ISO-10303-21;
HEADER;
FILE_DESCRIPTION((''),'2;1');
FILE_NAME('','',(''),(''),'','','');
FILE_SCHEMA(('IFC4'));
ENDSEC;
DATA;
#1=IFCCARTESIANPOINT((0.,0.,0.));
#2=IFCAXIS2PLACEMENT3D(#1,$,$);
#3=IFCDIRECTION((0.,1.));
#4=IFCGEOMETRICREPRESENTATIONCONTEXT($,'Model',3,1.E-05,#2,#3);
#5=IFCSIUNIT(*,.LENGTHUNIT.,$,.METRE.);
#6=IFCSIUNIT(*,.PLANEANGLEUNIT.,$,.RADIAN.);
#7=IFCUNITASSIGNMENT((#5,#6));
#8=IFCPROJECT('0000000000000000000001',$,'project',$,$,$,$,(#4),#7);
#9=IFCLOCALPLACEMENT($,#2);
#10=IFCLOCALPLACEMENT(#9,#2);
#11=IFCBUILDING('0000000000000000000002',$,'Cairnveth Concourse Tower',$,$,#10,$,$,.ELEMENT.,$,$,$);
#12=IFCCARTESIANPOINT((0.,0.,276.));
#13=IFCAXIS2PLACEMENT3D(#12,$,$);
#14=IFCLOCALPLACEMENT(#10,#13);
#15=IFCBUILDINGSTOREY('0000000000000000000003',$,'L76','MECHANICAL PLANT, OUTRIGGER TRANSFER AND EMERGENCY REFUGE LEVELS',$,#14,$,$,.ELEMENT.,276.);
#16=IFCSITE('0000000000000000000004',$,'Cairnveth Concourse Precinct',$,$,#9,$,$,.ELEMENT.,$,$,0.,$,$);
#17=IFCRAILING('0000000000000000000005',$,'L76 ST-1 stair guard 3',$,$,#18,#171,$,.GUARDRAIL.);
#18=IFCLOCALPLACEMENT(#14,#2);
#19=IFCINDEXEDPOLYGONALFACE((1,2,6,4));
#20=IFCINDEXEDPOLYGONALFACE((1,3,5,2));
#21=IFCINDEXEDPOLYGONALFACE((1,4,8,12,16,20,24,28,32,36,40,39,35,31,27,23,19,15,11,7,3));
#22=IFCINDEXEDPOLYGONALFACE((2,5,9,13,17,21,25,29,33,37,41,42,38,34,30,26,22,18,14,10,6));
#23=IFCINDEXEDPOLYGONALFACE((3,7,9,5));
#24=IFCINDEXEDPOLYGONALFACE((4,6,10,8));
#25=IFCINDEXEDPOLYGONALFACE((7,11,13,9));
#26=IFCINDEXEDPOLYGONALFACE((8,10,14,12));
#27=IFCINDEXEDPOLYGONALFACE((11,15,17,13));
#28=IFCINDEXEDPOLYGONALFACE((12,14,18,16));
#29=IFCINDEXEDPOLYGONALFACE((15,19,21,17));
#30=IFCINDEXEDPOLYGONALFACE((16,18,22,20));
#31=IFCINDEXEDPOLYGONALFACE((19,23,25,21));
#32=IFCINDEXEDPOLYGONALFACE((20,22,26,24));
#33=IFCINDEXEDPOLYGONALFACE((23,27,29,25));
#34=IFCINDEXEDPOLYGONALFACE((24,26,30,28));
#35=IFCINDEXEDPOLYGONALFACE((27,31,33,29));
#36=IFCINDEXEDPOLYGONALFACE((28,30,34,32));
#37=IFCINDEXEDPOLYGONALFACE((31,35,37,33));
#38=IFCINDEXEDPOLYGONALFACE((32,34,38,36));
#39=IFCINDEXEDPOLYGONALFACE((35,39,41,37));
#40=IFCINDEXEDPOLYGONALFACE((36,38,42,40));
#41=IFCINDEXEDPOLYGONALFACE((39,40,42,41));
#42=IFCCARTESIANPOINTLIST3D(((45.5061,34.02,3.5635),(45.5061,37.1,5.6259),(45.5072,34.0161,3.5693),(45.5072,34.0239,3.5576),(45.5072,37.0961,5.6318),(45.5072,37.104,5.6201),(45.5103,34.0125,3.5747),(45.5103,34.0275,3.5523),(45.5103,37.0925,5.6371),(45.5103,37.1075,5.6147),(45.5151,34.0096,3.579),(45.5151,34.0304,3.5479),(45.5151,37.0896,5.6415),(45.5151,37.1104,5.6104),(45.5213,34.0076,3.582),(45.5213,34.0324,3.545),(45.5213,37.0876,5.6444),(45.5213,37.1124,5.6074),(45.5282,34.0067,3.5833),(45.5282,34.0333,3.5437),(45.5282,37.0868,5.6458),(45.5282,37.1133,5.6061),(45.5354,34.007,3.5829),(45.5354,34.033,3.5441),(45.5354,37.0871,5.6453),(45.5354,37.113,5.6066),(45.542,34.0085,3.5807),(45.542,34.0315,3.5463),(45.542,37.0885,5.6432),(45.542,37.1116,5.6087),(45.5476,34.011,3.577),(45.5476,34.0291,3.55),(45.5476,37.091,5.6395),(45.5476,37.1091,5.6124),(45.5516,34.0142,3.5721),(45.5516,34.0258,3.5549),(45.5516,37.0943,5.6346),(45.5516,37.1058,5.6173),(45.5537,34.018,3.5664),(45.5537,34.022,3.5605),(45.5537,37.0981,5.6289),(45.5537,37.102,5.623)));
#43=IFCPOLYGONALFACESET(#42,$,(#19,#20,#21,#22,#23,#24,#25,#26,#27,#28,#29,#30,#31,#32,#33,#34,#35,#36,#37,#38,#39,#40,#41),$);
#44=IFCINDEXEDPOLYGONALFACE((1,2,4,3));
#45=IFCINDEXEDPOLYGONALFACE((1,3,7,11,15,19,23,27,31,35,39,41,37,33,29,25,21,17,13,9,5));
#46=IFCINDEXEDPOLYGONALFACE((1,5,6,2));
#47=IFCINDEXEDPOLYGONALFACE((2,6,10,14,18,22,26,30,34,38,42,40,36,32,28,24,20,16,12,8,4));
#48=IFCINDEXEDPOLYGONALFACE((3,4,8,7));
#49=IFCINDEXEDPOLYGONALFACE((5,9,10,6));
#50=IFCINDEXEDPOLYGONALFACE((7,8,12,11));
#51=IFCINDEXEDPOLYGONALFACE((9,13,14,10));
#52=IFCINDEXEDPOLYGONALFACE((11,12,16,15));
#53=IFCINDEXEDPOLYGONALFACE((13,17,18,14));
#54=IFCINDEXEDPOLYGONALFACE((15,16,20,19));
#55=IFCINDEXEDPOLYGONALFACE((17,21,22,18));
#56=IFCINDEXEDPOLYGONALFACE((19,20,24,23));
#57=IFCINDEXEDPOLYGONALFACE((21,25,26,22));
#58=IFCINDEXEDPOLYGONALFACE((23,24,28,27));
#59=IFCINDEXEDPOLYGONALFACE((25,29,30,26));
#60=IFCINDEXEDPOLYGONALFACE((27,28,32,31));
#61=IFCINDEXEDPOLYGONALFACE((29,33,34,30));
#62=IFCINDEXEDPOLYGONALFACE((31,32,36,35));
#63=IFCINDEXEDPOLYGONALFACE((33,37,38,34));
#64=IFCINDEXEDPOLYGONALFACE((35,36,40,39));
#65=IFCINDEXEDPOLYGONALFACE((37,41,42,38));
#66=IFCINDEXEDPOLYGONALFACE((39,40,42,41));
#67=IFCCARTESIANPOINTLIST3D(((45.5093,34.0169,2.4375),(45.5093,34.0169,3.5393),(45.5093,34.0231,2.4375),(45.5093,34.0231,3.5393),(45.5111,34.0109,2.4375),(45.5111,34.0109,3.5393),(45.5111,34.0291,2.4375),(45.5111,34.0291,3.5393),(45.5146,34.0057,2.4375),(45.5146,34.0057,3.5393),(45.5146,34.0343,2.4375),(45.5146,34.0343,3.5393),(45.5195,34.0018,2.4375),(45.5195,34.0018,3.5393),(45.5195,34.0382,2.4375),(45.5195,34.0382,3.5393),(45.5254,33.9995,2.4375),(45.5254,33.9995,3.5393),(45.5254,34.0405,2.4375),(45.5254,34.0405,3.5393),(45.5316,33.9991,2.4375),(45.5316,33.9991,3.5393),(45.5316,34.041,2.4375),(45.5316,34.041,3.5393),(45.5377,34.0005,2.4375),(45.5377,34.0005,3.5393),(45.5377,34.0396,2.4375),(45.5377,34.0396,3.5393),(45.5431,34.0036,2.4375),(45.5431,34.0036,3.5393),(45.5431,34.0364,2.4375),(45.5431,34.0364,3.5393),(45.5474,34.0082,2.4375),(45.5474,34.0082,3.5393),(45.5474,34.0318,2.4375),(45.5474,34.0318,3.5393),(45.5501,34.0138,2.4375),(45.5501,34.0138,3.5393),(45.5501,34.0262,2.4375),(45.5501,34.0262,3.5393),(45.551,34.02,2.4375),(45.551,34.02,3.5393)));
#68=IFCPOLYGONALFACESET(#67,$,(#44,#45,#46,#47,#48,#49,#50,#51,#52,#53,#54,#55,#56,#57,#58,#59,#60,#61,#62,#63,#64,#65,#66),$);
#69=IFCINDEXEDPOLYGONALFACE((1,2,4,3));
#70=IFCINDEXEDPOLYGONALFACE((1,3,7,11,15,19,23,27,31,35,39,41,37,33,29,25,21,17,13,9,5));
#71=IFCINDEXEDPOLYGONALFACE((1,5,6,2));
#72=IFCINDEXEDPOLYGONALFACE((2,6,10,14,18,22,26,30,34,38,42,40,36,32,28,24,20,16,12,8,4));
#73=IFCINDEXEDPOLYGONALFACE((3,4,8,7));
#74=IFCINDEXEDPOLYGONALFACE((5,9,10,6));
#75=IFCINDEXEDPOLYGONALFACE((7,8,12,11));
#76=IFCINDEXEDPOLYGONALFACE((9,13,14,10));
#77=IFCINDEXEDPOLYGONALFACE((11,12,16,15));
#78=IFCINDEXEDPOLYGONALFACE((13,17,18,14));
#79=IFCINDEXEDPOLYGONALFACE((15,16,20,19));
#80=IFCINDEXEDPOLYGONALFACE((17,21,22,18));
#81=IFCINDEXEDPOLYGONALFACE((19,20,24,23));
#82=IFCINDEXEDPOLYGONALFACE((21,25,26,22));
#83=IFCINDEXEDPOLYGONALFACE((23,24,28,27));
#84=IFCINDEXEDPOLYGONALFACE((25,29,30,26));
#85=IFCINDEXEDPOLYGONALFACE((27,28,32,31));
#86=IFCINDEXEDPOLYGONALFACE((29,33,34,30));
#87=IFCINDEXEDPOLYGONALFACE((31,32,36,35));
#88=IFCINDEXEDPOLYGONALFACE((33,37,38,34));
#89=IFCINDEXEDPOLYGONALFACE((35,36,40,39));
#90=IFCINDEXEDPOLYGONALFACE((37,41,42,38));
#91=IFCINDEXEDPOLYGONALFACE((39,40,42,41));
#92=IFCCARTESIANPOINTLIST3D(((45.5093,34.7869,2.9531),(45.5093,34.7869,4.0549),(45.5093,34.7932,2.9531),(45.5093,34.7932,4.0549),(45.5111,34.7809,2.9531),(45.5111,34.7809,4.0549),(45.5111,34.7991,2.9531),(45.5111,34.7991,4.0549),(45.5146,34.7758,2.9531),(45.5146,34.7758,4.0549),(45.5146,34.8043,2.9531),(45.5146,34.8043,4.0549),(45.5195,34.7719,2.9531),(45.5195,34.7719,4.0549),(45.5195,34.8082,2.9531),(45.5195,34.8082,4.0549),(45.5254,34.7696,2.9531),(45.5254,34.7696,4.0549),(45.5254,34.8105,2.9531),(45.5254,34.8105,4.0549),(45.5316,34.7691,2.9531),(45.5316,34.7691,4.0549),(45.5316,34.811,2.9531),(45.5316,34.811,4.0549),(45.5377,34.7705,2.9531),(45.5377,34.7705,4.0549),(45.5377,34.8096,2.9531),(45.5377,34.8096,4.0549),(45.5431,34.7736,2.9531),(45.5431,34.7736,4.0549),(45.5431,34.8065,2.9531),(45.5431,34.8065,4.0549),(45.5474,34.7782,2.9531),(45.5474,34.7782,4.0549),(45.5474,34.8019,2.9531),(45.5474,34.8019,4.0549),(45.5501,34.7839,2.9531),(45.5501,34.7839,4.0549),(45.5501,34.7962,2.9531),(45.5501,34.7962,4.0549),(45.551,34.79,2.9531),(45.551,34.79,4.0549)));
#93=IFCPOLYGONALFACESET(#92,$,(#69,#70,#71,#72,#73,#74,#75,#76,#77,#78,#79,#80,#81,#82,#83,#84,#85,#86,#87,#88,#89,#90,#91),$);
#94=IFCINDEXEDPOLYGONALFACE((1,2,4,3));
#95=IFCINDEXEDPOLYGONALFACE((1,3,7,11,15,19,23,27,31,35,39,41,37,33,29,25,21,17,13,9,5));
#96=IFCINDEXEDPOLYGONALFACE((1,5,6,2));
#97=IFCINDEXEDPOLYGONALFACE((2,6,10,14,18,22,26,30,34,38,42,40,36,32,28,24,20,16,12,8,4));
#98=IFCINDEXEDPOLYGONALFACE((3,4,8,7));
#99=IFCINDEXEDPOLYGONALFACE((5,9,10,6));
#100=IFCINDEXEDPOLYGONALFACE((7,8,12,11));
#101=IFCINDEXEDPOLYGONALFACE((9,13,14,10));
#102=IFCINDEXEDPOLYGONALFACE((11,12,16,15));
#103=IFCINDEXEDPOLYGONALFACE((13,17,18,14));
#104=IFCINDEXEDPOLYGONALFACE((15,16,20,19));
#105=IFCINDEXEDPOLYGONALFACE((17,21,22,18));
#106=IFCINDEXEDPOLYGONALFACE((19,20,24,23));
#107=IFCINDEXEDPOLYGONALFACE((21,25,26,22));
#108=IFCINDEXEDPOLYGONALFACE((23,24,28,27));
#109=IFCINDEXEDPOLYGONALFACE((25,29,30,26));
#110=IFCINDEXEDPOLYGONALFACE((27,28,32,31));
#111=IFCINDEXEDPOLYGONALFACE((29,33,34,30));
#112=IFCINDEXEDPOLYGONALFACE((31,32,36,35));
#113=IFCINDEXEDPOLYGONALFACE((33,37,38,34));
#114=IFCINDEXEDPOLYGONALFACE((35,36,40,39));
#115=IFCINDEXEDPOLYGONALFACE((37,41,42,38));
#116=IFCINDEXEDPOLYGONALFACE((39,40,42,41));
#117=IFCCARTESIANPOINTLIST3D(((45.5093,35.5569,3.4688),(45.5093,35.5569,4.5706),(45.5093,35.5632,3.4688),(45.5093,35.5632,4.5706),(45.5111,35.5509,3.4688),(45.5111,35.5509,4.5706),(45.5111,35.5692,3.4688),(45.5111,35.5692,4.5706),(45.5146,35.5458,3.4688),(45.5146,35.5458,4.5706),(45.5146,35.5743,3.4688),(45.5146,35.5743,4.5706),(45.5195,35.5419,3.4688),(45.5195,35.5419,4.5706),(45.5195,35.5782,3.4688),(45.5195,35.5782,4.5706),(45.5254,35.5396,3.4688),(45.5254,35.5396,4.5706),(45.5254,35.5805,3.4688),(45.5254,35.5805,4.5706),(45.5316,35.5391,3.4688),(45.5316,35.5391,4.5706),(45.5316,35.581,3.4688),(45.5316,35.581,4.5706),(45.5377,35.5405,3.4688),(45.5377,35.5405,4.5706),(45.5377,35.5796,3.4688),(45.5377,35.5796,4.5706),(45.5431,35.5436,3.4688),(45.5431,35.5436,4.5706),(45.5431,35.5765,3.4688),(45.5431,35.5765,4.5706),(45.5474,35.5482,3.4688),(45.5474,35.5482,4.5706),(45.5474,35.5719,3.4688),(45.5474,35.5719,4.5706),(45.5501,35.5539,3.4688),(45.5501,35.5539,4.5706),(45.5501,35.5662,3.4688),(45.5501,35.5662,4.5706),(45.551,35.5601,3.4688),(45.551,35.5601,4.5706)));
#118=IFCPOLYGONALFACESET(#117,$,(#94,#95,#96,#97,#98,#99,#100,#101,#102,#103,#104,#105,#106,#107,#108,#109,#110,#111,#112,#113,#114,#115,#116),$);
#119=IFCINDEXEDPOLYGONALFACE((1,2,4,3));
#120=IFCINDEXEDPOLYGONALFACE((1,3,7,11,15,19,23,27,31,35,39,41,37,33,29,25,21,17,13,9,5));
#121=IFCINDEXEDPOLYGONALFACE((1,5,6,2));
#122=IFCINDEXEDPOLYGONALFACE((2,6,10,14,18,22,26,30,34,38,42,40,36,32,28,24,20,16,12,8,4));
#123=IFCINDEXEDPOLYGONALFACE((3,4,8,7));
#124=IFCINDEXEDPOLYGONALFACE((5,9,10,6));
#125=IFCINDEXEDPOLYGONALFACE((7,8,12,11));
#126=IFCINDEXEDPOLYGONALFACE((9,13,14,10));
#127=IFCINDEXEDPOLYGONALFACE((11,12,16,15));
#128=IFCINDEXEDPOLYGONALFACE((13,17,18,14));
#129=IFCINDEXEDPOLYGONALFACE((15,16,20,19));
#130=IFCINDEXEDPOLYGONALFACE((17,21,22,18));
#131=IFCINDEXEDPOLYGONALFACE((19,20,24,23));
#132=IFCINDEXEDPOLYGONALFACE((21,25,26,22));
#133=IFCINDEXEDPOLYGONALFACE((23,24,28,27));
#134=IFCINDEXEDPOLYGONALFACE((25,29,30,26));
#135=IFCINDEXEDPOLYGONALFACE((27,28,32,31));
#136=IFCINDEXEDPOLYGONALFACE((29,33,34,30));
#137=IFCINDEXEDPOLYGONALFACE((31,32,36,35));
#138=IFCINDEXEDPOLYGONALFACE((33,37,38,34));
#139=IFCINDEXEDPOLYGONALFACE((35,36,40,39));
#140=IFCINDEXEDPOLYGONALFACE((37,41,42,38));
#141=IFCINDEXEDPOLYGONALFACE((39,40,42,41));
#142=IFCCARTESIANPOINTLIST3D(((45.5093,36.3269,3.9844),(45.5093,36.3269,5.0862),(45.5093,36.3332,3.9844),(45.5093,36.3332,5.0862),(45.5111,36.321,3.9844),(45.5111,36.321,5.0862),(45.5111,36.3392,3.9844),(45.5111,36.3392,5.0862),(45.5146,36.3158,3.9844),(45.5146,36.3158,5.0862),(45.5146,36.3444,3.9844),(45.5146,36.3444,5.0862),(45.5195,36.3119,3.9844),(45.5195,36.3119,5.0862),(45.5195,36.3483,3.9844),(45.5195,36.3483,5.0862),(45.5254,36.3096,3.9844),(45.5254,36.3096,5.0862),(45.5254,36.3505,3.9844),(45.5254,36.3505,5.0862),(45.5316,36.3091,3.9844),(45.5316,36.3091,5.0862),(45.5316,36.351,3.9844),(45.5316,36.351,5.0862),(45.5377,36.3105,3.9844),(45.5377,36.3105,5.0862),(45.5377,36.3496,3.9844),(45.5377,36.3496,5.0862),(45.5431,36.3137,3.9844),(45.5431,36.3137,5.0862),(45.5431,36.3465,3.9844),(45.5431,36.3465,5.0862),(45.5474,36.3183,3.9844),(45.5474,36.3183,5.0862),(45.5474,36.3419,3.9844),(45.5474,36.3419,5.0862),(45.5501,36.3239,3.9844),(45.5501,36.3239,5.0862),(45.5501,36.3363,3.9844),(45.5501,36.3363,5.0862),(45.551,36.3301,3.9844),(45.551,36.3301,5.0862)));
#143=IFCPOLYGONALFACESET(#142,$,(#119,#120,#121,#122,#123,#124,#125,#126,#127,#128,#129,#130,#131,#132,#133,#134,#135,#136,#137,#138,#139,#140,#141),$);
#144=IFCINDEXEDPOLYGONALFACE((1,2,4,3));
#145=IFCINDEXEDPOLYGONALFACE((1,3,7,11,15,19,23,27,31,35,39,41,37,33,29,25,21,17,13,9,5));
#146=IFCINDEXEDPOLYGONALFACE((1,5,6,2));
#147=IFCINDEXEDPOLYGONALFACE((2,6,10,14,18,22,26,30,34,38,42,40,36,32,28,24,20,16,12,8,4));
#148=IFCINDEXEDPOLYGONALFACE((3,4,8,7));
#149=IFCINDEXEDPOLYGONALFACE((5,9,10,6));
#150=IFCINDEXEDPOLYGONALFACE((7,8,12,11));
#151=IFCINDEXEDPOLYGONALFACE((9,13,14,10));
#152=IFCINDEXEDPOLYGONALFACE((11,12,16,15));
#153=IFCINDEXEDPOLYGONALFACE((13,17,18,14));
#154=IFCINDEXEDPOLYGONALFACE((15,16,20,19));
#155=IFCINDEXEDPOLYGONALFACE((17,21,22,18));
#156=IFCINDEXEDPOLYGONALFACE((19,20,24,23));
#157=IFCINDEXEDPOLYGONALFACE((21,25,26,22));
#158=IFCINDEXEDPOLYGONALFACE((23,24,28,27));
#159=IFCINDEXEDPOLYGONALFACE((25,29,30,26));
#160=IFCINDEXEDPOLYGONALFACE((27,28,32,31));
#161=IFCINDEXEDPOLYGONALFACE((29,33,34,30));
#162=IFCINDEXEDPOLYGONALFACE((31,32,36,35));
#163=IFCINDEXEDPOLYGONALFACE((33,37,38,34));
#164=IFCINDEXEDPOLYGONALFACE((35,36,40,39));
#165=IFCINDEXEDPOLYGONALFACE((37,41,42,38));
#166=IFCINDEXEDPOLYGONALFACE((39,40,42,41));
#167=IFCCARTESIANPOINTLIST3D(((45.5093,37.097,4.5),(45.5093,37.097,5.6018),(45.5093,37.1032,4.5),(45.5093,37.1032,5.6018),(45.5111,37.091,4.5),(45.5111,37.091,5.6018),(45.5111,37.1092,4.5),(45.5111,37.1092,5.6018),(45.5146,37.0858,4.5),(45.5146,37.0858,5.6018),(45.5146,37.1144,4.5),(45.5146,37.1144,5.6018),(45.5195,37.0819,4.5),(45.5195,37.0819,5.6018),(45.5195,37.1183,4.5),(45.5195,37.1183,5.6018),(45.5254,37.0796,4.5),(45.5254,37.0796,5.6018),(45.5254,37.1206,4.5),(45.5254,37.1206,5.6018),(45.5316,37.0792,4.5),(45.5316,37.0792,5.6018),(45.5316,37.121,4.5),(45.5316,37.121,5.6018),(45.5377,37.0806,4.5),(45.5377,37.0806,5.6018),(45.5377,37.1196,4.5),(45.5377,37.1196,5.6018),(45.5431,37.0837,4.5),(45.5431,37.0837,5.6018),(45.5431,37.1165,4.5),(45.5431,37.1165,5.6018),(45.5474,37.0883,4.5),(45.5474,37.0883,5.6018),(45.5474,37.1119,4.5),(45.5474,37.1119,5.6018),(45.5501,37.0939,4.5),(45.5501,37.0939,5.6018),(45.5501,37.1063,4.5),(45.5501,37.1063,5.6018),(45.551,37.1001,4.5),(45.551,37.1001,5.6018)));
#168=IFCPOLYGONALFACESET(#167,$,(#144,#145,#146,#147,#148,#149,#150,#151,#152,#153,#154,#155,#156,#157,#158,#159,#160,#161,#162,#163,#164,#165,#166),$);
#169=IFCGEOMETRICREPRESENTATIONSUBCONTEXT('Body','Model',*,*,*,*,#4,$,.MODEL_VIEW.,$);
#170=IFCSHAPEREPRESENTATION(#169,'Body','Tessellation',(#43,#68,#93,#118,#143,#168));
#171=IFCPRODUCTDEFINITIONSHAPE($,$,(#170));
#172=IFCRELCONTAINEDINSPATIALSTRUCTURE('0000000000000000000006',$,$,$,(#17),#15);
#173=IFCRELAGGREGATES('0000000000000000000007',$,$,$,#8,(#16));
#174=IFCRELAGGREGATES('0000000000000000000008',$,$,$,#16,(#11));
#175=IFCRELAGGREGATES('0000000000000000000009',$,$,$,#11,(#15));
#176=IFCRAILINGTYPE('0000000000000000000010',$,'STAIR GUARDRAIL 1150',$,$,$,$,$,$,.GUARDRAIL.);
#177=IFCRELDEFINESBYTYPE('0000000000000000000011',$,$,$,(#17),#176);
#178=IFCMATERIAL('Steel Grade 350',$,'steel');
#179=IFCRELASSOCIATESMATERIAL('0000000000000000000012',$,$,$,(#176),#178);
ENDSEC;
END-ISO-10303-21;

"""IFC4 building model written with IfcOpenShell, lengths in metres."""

from ifc_helpers import new_model, si_unit, direction, frame, origin, origin_2d, place, context, subcontext, project, spatial, circle, extrude, material, type_object, element, save


model = new_model("IFC4")

# Units and contexts
model_context = context("Model", 3, precision=1e-05, world=origin(), true_north=direction((0.0, 1.0)))
body_context = subcontext(model_context, "Body", "Model", "MODEL_VIEW")
ifc_project = project(units=[si_unit("LENGTHUNIT", "METRE"), si_unit("PLANEANGLEUNIT", "RADIAN")], contexts=[model_context])

# Site, building, storey
site_placement = place(None, origin())
site = spatial("IfcSite", under=ifc_project, at=site_placement, Name="Cairnveth Concourse Precinct", CompositionType="ELEMENT", RefElevation=0.0)
building_placement = place(site_placement, origin())
building = spatial("IfcBuilding", under=site, at=building_placement, Name="Cairnveth Concourse Tower", CompositionType="ELEMENT")
storey_placement = place(building_placement, frame((0.0, 0.0, 276.0)))
storey = spatial("IfcBuildingStorey", under=building, at=storey_placement, Name="L76", Description="MECHANICAL PLANT, OUTRIGGER TRANSFER AND EMERGENCY REFUGE LEVELS", CompositionType="ELEMENT", Elevation=276.0)

# Shared definitions
ifc_material_1 = material(Name="Steel Grade 350", Category="steel")

# Railing
railing_type_1 = type_object("IfcRailingType", Name="STAIR GUARDRAIL 1150", PredefinedType="GUARDRAIL", material=ifc_material_1)
railing_1_placement = place(storey_placement, frame((45.53, 34.02, 2.4375)))
element("IfcRailing", 1, at=railing_1_placement, inside=storey, type_object=railing_type_1, Name="L76 ST-1 stair guard 3", PredefinedType="GUARDRAIL", context=body_context, shape_type="SweptSolid", body=[
    extrude(circle(Radius=0.0239, at=origin_2d()), frame((0.0, 0.0, 1.126), z_axis=(0.0, 0.830914, 0.556401), x_axis=(-1.0, 0.0, 0.0)), (0.0, 0.0, 1.0), 3.7068),
    extrude(circle(Radius=0.021, at=origin_2d()), origin(), (0.0, 0.0, 1.0), 1.1018),
    extrude(circle(Radius=0.021, at=origin_2d()), frame((0.0, 0.77, 0.5156)), (0.0, 0.0, 1.0), 1.1018),
    extrude(circle(Radius=0.021, at=origin_2d()), frame((0.0, 1.54, 1.0312)), (0.0, 0.0, 1.0), 1.1018),
    extrude(circle(Radius=0.021, at=origin_2d()), frame((0.0, 2.3101, 1.5469)), (0.0, 0.0, 1.0), 1.1018),
    extrude(circle(Radius=0.021, at=origin_2d()), frame((0.0, 3.0801, 2.0625)), (0.0, 0.0, 1.0), 1.1018),
])

save(model, "model.ifc")
